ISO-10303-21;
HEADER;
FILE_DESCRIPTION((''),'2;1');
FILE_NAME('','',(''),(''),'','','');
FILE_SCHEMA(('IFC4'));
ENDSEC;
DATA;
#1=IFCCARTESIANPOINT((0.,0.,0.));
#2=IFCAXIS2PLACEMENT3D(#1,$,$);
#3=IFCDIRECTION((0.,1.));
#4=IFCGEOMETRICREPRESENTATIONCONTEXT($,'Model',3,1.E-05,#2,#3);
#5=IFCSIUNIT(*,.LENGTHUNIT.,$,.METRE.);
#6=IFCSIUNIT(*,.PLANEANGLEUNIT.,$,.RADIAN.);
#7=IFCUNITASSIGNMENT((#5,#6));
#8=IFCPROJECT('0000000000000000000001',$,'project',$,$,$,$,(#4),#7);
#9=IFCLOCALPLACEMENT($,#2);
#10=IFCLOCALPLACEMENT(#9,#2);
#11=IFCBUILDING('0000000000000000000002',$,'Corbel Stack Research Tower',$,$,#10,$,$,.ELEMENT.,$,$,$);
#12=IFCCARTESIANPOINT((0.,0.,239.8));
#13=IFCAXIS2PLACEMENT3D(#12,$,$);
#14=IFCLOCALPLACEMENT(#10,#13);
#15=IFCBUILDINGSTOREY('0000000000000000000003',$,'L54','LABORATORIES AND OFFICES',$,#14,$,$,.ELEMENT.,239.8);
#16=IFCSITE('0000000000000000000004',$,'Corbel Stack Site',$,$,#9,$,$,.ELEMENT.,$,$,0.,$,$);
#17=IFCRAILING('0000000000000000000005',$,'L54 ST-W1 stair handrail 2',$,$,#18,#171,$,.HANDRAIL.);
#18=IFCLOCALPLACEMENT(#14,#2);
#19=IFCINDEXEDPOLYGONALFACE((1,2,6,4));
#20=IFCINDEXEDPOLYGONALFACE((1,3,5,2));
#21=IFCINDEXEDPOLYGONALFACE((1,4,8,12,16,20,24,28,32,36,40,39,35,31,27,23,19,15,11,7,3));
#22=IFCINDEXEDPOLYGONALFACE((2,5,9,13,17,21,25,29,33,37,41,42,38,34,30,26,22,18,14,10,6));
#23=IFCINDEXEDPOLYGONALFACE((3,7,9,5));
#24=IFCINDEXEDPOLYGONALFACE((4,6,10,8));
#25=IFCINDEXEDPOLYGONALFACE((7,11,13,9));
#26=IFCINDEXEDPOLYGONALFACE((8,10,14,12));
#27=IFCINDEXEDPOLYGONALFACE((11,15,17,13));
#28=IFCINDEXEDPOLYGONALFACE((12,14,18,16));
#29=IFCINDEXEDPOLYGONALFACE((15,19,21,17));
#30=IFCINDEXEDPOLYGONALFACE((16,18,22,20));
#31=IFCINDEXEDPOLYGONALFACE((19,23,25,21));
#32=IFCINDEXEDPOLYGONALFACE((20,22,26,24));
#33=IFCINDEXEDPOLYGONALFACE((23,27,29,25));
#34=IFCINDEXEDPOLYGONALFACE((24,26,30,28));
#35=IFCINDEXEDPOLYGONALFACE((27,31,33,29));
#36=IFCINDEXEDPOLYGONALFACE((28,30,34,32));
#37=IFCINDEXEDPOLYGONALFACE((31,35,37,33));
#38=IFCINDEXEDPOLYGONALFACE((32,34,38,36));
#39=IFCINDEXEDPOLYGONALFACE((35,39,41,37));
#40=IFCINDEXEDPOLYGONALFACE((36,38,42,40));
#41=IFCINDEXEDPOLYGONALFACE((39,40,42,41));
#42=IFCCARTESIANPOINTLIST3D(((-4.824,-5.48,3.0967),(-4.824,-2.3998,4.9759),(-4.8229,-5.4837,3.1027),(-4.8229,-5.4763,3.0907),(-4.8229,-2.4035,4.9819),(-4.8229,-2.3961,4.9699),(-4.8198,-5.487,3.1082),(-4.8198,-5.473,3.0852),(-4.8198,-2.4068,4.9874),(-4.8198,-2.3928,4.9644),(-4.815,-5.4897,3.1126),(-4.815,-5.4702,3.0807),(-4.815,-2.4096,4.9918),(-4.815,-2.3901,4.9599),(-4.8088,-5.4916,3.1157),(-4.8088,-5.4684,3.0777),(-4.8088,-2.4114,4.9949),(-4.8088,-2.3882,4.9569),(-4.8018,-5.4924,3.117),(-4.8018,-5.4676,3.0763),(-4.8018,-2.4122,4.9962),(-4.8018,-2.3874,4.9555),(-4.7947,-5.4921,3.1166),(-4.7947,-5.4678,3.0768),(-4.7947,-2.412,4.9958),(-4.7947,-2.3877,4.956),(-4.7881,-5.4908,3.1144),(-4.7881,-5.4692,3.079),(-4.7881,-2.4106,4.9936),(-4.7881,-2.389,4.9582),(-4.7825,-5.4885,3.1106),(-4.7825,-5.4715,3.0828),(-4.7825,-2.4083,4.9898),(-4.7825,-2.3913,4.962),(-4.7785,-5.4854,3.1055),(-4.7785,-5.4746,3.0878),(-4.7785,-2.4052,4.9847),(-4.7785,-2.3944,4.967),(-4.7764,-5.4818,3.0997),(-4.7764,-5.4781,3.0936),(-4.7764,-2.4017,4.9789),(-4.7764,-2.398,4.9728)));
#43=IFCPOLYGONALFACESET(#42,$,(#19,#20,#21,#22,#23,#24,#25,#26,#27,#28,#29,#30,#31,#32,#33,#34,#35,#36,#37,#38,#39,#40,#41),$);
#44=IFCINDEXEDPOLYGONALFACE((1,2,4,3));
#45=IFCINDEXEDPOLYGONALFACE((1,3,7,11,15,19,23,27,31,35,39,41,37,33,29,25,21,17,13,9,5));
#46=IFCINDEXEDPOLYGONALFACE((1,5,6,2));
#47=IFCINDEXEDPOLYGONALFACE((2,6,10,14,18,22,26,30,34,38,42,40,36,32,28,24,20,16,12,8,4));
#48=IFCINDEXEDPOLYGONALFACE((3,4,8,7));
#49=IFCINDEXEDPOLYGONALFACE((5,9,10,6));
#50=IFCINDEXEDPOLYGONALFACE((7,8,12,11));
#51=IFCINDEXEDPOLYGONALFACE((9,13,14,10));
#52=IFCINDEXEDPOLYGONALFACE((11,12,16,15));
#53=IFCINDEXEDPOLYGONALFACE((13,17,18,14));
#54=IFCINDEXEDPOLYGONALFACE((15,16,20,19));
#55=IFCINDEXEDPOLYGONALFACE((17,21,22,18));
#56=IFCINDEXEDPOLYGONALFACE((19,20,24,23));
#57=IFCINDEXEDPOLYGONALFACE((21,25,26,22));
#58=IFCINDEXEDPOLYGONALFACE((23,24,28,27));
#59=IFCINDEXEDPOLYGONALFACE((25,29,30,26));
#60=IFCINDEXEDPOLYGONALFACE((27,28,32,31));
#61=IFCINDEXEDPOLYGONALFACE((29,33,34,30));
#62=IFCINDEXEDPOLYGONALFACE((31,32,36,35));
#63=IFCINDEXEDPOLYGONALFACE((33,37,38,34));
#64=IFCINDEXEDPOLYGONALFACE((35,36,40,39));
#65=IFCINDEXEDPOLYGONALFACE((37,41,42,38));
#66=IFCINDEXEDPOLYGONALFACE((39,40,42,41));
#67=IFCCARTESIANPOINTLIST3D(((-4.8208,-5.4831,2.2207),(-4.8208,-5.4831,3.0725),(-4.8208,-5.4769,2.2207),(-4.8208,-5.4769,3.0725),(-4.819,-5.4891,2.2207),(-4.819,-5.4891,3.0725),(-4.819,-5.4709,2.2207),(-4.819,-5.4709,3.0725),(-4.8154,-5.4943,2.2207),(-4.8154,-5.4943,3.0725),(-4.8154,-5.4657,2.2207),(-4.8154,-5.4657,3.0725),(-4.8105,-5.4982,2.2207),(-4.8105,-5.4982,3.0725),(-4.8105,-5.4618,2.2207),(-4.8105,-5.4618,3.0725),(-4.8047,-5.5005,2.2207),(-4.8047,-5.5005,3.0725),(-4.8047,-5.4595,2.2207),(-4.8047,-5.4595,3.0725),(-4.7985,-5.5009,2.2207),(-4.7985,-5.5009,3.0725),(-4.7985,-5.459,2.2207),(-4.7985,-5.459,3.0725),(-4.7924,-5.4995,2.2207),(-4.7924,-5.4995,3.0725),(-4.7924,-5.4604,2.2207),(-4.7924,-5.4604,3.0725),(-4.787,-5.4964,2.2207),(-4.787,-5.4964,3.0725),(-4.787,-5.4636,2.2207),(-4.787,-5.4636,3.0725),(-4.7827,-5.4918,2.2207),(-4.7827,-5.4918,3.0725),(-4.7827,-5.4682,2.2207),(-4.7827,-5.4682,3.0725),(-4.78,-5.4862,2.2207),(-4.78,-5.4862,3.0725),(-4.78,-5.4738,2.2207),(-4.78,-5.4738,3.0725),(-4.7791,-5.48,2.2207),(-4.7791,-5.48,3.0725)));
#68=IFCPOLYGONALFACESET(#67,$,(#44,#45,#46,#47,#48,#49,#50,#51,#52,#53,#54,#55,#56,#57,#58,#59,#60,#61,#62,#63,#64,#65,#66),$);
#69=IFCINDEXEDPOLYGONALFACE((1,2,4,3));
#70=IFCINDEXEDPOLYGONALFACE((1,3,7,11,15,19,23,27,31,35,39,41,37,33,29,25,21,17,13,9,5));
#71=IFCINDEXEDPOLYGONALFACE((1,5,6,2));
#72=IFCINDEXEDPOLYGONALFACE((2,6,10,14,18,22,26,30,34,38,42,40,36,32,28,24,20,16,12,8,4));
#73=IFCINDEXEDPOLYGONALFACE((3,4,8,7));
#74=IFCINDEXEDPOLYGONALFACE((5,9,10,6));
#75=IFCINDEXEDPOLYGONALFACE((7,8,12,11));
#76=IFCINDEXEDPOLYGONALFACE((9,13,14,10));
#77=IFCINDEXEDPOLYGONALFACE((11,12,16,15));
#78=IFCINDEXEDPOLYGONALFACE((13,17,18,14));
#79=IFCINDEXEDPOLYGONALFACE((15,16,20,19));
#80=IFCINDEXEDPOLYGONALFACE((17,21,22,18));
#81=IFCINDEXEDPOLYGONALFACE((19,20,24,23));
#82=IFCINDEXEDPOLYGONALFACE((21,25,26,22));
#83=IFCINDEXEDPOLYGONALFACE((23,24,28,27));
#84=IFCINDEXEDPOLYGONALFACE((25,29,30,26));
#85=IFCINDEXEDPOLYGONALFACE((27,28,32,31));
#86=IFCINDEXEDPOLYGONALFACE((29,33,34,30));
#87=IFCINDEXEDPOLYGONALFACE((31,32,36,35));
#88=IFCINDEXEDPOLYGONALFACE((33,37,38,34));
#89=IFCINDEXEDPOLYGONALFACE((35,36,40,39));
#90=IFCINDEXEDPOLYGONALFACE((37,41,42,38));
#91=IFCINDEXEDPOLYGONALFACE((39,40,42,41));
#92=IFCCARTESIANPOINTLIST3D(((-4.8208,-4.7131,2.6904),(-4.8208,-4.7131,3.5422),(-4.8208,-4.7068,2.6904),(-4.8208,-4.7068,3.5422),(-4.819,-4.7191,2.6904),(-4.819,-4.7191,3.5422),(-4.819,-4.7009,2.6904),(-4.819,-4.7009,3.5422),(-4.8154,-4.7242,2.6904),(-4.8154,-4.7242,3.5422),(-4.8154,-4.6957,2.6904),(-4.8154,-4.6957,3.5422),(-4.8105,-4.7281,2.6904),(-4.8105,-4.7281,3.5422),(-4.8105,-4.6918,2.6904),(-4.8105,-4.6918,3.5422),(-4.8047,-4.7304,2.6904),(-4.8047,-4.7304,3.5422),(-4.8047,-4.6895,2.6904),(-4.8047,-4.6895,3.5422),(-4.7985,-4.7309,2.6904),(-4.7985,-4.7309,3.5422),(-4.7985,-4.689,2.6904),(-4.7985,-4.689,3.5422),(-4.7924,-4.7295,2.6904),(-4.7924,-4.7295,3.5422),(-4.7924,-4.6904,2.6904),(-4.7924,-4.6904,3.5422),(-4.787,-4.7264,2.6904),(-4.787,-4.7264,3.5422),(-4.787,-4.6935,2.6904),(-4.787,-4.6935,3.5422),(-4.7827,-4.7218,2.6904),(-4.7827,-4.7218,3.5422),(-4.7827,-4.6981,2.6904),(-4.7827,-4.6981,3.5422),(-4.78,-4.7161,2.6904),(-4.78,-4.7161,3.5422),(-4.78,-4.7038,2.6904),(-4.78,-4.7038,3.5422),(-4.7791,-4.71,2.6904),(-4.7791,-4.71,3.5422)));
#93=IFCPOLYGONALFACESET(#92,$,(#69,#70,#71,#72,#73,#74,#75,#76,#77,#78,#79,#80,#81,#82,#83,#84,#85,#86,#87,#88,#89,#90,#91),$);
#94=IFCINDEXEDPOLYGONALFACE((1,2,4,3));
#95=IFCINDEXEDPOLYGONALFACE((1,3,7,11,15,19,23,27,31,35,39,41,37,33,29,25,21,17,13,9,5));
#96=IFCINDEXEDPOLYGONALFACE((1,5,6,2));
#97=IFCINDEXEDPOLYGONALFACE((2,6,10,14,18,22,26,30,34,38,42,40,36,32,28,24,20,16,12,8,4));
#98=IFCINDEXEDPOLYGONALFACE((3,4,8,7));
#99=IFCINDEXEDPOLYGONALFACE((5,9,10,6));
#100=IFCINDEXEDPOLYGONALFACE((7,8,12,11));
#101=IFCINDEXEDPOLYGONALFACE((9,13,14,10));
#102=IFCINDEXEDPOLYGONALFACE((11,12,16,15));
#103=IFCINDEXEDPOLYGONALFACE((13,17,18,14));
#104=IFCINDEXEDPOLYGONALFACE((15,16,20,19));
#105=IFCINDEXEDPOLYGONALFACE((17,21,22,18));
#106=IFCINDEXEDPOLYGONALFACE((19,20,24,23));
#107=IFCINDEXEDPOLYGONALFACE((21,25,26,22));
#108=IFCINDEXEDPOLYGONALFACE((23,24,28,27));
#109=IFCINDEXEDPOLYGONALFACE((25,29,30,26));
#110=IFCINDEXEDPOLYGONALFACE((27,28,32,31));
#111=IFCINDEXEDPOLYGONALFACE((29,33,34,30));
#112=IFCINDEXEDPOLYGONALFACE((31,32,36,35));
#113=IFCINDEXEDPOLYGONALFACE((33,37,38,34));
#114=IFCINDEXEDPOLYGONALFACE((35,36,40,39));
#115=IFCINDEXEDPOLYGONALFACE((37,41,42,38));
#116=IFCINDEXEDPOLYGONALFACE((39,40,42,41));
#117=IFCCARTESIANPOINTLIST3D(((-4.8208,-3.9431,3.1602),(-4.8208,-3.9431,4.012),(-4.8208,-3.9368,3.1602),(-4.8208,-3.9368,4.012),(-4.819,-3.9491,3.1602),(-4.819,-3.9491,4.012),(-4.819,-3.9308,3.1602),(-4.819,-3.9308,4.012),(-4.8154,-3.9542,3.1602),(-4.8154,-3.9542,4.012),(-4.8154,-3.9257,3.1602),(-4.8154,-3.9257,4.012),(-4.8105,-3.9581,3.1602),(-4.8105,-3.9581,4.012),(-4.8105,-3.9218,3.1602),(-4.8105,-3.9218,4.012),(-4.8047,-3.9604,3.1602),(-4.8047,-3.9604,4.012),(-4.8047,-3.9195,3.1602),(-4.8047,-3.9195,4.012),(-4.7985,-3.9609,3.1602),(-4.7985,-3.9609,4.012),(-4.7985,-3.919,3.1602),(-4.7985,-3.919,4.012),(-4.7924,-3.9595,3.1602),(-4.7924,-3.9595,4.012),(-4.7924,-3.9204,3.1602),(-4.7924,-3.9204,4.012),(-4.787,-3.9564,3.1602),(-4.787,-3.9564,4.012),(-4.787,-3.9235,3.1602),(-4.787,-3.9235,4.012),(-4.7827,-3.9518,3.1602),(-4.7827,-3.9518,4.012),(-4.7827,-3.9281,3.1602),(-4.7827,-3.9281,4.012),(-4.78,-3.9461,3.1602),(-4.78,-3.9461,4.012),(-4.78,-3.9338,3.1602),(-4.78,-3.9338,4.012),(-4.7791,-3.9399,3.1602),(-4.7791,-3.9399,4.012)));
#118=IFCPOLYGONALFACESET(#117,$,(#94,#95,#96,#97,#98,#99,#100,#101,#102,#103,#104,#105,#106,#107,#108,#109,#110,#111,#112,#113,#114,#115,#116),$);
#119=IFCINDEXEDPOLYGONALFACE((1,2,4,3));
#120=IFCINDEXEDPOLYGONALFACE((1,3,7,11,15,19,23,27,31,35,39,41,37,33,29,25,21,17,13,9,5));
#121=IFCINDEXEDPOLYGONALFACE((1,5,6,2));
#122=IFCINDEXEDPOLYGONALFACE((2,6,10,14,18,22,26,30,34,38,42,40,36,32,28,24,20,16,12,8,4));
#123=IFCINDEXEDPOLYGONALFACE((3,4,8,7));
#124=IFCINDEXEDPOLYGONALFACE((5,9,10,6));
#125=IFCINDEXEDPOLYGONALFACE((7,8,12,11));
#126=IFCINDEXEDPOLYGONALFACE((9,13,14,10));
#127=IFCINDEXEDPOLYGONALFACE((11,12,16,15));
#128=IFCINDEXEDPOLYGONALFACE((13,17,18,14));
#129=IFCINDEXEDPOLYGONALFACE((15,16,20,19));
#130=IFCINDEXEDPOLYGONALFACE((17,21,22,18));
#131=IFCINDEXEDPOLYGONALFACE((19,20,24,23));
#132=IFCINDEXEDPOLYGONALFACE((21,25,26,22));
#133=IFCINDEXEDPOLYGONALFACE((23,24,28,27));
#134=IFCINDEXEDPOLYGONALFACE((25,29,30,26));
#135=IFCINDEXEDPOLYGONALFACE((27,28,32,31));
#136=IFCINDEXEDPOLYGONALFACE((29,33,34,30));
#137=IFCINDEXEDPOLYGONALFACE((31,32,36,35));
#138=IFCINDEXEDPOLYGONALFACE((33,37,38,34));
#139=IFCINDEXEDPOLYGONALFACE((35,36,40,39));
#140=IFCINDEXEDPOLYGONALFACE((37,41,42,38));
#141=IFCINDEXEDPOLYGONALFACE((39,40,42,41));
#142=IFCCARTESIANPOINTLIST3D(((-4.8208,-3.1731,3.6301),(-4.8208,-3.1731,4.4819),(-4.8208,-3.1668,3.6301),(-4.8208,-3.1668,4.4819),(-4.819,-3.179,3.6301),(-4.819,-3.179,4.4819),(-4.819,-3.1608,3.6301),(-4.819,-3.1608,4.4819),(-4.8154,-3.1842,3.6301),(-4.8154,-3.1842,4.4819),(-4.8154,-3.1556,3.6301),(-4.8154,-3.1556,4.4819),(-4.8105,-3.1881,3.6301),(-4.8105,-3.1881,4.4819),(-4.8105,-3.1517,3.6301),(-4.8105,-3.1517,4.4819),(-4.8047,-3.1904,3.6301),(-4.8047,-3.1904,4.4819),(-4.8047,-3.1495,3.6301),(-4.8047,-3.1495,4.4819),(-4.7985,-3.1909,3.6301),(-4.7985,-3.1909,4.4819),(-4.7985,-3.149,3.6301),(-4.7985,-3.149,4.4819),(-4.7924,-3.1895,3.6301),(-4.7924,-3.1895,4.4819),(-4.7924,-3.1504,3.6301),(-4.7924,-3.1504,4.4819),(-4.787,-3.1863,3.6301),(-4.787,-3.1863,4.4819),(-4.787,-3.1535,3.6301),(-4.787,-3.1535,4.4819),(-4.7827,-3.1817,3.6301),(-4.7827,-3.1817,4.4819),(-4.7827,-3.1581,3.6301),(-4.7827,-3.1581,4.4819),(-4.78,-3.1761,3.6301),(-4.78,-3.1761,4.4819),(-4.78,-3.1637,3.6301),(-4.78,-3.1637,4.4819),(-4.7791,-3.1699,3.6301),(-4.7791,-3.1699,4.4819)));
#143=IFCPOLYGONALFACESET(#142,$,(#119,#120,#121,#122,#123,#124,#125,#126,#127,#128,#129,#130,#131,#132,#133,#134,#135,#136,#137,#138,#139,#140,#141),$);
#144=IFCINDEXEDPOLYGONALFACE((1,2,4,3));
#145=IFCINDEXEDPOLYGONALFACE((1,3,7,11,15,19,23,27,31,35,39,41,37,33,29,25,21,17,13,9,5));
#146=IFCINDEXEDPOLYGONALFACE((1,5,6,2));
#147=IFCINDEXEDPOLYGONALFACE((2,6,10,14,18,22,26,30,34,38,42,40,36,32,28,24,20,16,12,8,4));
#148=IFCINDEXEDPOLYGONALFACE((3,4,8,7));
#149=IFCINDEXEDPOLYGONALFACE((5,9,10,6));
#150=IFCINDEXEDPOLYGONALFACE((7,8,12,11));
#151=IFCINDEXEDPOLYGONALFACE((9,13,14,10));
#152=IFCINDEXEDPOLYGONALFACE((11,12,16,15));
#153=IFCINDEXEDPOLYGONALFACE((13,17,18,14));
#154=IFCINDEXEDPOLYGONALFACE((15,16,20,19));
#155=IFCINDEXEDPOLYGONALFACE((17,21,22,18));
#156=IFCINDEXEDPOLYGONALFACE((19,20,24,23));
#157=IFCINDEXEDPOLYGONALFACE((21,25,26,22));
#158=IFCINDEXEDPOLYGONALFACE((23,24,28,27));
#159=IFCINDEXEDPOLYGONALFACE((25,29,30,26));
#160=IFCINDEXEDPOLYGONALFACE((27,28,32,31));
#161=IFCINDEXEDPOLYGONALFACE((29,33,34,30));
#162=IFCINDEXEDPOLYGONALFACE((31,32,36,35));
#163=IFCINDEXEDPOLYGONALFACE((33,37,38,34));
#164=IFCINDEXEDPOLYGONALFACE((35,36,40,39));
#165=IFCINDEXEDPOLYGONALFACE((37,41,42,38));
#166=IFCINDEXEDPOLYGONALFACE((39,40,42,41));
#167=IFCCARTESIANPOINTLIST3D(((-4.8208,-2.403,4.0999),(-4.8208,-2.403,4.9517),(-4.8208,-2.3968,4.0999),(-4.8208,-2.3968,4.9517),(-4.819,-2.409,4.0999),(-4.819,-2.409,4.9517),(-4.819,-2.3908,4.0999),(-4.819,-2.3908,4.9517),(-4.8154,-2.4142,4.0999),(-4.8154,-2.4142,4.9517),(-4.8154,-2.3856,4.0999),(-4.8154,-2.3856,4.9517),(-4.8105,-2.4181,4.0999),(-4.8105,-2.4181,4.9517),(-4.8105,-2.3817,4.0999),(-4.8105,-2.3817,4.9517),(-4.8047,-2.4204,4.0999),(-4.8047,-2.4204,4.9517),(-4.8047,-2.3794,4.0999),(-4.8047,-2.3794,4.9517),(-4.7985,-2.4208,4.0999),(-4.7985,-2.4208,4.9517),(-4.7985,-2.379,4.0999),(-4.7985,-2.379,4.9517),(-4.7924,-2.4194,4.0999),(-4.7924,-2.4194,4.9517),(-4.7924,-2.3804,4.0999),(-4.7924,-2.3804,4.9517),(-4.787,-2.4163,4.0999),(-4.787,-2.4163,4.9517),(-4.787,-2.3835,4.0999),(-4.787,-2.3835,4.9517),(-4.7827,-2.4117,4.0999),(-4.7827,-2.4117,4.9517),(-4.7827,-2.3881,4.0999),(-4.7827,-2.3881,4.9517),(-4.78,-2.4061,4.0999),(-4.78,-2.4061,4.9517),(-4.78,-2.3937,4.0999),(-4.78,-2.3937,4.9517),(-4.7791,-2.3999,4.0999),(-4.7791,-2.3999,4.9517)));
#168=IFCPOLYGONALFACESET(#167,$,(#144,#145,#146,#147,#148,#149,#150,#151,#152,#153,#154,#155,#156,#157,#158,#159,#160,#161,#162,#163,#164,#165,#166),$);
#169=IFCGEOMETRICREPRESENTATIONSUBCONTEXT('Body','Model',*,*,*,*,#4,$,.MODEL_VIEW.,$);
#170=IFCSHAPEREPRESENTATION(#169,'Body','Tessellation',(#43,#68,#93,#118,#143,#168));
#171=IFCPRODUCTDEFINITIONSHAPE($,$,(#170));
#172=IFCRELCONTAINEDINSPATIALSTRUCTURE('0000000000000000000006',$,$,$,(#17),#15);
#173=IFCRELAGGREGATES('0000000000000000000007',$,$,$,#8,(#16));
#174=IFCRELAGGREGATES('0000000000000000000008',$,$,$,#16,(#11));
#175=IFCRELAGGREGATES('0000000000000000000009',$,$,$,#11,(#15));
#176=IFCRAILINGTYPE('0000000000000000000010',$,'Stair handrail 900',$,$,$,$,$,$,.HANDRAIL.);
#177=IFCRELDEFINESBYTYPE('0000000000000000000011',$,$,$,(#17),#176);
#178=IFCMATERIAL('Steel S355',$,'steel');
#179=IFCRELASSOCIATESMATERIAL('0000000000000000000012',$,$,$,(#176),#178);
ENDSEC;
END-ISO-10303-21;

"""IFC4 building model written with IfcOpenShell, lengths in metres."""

from ifc_helpers import new_model, si_unit, direction, frame, origin, origin_2d, place, context, subcontext, project, spatial, circle, extrude, material, type_object, element, save


model = new_model("IFC4")

# Units and contexts
model_context = context("Model", 3, precision=1e-05, world=origin(), true_north=direction((0.0, 1.0)))
body_context = subcontext(model_context, "Body", "Model", "MODEL_VIEW")
ifc_project = project(units=[si_unit("LENGTHUNIT", "METRE"), si_unit("PLANEANGLEUNIT", "RADIAN")], contexts=[model_context])

# Site, building, storey
site_placement = place(None, origin())
site = spatial("IfcSite", under=ifc_project, at=site_placement, Name="Corbel Stack Site", CompositionType="ELEMENT", RefElevation=0.0)
building_placement = place(site_placement, origin())
building = spatial("IfcBuilding", under=site, at=building_placement, Name="Corbel Stack Research Tower", CompositionType="ELEMENT")
storey_placement = place(building_placement, frame((0.0, 0.0, 239.8)))
storey = spatial("IfcBuildingStorey", under=building, at=storey_placement, Name="L54", Description="LABORATORIES AND OFFICES", CompositionType="ELEMENT", Elevation=239.8)

# Railing
ifc_material_1 = material(Name="Steel S355", Category="steel")
railing_type_1 = type_object("IfcRailingType", Name="Stair handrail 900", PredefinedType="HANDRAIL", material=ifc_material_1)
railing_1_placement = place(storey_placement, frame((-4.8, -5.48, 2.2207)))
element("IfcRailing", 1, at=railing_1_placement, inside=storey, type_object=railing_type_1, Name="L54 ST-W1 stair handrail 2", PredefinedType="HANDRAIL", context=body_context, shape_type="SweptSolid", body=[
    extrude(circle(Radius=0.0239, at=origin_2d()), frame((0.0, 0.0, 0.876), z_axis=(0.0, 0.853666, 0.52082), x_axis=(-1.0, 0.0, 0.0)), (0.0, 0.0, 1.0), 3.6082),
    extrude(circle(Radius=0.021, at=origin_2d()), origin(), (0.0, 0.0, 1.0), 0.8518),
    extrude(circle(Radius=0.021, at=origin_2d()), frame((0.0, 0.77, 0.4697)), (0.0, 0.0, 1.0), 0.8518),
    extrude(circle(Radius=0.021, at=origin_2d()), frame((0.0, 1.54, 0.9395)), (0.0, 0.0, 1.0), 0.8518),
    extrude(circle(Radius=0.021, at=origin_2d()), frame((0.0, 2.3101, 1.4094)), (0.0, 0.0, 1.0), 0.8518),
    extrude(circle(Radius=0.021, at=origin_2d()), frame((0.0, 3.0801, 1.8792)), (0.0, 0.0, 1.0), 0.8518),
])

save(model, "model.ifc")
